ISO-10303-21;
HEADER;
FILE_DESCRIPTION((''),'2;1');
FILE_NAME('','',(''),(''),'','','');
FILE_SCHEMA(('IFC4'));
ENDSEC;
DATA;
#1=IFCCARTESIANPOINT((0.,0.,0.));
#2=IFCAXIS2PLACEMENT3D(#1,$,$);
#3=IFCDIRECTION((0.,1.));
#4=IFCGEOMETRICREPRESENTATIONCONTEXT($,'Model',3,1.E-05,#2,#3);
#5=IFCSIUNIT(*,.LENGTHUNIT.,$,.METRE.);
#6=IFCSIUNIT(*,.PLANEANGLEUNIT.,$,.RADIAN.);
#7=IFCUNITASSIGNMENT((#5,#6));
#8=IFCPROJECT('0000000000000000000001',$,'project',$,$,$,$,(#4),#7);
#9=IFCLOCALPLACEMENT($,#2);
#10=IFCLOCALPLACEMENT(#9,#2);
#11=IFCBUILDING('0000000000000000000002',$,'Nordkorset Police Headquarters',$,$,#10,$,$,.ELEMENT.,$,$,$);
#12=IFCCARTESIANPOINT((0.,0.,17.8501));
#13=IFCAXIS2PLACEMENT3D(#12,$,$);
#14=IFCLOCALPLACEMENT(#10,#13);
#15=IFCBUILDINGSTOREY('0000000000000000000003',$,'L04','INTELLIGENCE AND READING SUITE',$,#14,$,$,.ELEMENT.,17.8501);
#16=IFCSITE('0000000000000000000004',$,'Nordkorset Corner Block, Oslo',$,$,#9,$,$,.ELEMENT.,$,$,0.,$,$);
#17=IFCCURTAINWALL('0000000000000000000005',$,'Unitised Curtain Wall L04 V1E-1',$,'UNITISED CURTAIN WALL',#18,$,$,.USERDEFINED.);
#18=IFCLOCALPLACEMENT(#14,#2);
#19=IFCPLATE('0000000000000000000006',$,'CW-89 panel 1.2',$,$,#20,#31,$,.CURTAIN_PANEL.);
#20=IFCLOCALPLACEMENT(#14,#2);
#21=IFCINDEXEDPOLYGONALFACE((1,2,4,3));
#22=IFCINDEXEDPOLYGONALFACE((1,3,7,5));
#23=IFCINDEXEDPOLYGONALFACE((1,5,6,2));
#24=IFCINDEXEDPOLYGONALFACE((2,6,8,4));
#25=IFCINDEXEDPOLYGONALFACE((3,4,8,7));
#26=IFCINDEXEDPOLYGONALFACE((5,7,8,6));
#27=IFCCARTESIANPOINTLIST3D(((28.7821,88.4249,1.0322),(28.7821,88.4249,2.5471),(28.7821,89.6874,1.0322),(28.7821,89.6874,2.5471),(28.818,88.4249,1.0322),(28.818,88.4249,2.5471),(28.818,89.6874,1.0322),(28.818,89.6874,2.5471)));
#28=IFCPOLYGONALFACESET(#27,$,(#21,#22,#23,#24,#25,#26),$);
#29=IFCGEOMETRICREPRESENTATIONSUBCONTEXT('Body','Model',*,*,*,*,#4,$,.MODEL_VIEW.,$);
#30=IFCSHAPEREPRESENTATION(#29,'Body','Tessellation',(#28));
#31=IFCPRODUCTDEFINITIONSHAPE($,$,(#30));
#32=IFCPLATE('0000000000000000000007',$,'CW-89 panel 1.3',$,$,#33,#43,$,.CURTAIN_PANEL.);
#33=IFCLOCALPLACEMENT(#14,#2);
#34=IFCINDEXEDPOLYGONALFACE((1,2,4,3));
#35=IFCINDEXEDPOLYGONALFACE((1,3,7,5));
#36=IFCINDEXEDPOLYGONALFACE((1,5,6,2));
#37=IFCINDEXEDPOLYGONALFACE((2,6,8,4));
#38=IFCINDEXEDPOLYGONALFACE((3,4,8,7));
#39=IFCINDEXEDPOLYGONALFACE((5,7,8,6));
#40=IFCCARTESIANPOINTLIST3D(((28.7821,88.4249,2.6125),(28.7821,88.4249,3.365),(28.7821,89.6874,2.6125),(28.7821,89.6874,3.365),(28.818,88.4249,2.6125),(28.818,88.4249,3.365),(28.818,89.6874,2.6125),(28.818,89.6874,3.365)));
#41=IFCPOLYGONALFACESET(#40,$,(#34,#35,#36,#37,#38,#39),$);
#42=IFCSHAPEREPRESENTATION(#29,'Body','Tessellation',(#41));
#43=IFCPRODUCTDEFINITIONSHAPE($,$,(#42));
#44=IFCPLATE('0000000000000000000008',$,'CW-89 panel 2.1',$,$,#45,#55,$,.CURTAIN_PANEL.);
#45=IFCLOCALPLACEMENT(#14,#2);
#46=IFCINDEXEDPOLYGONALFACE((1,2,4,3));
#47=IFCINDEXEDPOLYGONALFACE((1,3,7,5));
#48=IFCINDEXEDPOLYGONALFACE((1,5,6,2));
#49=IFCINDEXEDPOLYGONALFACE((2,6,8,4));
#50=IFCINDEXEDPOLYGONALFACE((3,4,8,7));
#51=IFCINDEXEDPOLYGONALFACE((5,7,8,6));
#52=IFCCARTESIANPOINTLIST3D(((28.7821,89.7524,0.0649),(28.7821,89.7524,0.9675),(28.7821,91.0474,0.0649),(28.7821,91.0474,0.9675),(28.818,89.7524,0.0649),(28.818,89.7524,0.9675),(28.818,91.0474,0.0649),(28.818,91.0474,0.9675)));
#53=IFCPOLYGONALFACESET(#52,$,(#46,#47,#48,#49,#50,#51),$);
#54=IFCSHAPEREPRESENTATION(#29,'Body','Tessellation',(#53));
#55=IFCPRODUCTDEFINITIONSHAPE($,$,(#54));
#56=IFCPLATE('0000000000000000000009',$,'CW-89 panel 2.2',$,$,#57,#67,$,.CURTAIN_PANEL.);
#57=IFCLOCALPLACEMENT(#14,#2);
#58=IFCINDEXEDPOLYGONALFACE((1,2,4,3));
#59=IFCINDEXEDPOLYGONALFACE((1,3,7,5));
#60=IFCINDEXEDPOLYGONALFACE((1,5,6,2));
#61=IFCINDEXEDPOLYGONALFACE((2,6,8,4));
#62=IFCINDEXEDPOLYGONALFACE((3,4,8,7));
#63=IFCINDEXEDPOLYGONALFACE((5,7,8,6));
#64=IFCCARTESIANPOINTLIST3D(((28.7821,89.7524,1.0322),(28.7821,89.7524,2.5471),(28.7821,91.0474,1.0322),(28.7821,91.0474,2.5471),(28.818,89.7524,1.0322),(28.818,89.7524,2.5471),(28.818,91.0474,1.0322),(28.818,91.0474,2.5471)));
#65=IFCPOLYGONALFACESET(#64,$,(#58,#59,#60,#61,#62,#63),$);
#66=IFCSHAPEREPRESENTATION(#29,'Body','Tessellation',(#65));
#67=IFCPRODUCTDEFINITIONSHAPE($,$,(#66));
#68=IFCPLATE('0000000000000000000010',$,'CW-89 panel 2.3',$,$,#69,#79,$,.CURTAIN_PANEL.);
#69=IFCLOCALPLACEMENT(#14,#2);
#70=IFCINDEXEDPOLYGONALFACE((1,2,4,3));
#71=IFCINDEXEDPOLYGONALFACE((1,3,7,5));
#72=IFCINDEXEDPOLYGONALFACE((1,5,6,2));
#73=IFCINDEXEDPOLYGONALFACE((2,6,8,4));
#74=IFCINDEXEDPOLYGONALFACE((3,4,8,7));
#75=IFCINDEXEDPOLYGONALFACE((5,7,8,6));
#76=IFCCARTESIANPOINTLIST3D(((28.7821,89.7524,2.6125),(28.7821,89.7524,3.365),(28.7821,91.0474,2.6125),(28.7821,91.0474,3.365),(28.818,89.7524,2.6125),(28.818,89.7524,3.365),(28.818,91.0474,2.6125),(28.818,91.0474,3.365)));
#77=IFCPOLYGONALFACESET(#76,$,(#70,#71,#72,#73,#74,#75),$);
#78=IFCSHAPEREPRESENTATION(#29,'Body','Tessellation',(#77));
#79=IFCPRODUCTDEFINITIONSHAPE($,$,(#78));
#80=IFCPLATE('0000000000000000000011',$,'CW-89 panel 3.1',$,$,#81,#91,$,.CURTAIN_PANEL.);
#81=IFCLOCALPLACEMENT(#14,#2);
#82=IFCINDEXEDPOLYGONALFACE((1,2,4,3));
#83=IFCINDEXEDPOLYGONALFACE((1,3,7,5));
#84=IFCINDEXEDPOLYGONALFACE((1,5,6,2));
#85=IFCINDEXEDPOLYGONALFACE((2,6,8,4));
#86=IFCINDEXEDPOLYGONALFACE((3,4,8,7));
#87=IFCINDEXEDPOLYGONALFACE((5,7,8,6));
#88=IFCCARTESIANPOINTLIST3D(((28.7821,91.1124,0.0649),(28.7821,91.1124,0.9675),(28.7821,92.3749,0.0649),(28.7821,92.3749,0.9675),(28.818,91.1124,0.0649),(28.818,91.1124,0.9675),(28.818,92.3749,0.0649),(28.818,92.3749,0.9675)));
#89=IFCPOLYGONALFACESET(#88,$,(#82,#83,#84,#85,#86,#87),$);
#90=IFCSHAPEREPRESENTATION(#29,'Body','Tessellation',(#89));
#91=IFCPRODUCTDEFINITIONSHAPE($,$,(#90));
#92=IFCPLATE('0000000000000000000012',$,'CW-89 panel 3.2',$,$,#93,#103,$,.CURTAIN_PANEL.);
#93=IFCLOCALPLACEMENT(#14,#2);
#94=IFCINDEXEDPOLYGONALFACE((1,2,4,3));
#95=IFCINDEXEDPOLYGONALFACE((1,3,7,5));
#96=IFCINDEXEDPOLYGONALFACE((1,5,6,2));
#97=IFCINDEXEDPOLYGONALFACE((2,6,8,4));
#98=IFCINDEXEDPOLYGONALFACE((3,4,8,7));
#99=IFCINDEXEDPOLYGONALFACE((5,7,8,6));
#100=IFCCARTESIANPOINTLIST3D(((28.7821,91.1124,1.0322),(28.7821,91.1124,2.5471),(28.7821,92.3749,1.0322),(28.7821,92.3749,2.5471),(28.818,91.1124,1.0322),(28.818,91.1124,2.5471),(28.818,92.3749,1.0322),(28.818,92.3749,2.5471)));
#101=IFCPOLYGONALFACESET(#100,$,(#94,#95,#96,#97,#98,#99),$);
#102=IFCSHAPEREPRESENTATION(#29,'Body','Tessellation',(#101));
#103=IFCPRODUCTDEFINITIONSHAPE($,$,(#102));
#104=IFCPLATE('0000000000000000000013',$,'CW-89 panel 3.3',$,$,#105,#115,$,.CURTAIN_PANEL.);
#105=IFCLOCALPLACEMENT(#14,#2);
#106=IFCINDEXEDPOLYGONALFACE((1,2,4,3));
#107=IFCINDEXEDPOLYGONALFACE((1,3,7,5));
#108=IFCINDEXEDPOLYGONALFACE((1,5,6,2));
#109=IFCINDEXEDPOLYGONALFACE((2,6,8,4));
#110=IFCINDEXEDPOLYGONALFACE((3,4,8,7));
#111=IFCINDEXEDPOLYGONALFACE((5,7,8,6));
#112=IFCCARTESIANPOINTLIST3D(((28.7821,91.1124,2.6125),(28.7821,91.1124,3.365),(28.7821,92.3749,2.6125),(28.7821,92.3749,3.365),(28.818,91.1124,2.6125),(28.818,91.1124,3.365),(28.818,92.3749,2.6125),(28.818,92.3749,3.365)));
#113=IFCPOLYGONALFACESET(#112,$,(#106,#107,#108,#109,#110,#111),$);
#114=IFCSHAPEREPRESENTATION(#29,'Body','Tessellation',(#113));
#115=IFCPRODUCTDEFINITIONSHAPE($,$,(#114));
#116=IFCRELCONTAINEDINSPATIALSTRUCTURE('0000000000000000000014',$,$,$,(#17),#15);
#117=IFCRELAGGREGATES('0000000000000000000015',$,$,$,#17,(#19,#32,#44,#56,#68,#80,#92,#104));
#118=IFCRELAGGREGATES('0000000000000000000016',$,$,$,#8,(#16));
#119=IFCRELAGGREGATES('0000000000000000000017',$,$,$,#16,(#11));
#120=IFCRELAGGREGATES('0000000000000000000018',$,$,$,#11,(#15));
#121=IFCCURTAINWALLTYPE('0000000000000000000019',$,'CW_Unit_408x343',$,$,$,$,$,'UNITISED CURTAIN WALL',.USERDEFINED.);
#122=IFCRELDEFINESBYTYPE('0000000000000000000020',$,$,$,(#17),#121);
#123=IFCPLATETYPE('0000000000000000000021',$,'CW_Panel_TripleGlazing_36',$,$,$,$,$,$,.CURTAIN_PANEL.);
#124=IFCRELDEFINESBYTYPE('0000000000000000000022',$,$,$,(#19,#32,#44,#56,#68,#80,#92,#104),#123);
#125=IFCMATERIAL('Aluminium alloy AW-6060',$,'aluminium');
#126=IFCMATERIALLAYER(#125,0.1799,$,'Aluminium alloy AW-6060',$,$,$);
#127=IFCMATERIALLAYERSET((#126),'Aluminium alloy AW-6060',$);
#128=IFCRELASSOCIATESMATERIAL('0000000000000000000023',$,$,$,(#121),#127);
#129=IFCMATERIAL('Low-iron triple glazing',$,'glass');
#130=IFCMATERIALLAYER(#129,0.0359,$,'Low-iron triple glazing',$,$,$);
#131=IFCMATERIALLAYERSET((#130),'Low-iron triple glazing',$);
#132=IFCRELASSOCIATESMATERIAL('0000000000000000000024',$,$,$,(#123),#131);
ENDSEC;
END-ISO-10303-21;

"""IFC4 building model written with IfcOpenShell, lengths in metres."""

from ifc_helpers import new_model, si_unit, direction, frame, origin, origin_2d, place, context, subcontext, project, spatial, rectangle, extrude, material, layer, layer_set, type_object, element, aggregate, save


model = new_model("IFC4")

# Units and contexts
model_context = context("Model", 3, precision=1e-05, world=origin(), true_north=direction((0.0, 1.0)))
body_context = subcontext(model_context, "Body", "Model", "MODEL_VIEW")
ifc_project = project(units=[si_unit("LENGTHUNIT", "METRE"), si_unit("PLANEANGLEUNIT", "RADIAN")], contexts=[model_context])

# Site, building, storey
site_placement = place(None, origin())
site = spatial("IfcSite", under=ifc_project, at=site_placement, Name="Nordkorset Corner Block, Oslo", CompositionType="ELEMENT", RefElevation=0.0)
building_placement = place(site_placement, origin())
building = spatial("IfcBuilding", under=site, at=building_placement, Name="Nordkorset Police Headquarters", CompositionType="ELEMENT")
storey_placement = place(building_placement, frame((0.0, 0.0, 17.8501)))
storey = spatial("IfcBuildingStorey", under=building, at=storey_placement, Name="L04", Description="INTELLIGENCE AND READING SUITE", CompositionType="ELEMENT", Elevation=17.8501)

# Curtain wall, plates
ifc_material_1 = material(Name="Aluminium alloy AW-6060", Category="aluminium")
ifc_layer_1 = layer(ifc_material_1, 0.1799, Name="Aluminium alloy AW-6060")
ifc_layer_set_1 = layer_set([ifc_layer_1], Name="Aluminium alloy AW-6060")
curtain_wall_type = type_object("IfcCurtainWallType", Name="CW_Unit_408x343", ElementType="UNITISED CURTAIN WALL", PredefinedType="USERDEFINED", material=ifc_layer_set_1)
curtain_wall_placement = place(storey_placement, origin())
curtain_wall = element("IfcCurtainWall", 1, at=curtain_wall_placement, inside=storey, type_object=curtain_wall_type, Name="Unitised Curtain Wall L04 V1E-1", ObjectType="UNITISED CURTAIN WALL", PredefinedType="USERDEFINED")
ifc_material_2 = material(Name="Low-iron triple glazing", Category="glass")
ifc_layer_2 = layer(ifc_material_2, 0.0359, Name="Low-iron triple glazing")
ifc_layer_set_2 = layer_set([ifc_layer_2], Name="Low-iron triple glazing")
plate_type = type_object("IfcPlateType", Name="CW_Panel_TripleGlazing_36", PredefinedType="CURTAIN_PANEL", material=ifc_layer_set_2)
plate_1_placement = place(storey_placement, frame((28.8, 89.0562, 1.0322), z_axis=(0.0, 0.0, 1.0), x_axis=(0.0, 1.0, 0.0)))
plate_1 = element("IfcPlate", 2, at=plate_1_placement, type_object=plate_type, Name="CW-89 panel 1.2", PredefinedType="CURTAIN_PANEL", context=body_context, shape_type="SweptSolid", body=[
    extrude(rectangle(XDim=1.2625, YDim=0.0359, at=origin_2d()), origin(), (0.0, 0.0, 1.0), 1.5149),
])
plate_2_placement = place(storey_placement, frame((28.8, 89.0562, 2.6125), z_axis=(0.0, 0.0, 1.0), x_axis=(0.0, 1.0, 0.0)))
plate_2 = element("IfcPlate", 3, at=plate_2_placement, type_object=plate_type, Name="CW-89 panel 1.3", PredefinedType="CURTAIN_PANEL", context=body_context, shape_type="SweptSolid", body=[
    extrude(rectangle(XDim=1.2625, YDim=0.0359, at=origin_2d()), origin(), (0.0, 0.0, 1.0), 0.7524),
])
plate_3_placement = place(storey_placement, frame((28.8, 90.3999, 0.0649), z_axis=(0.0, 0.0, 1.0), x_axis=(0.0, 1.0, 0.0)))
plate_3 = element("IfcPlate", 4, at=plate_3_placement, type_object=plate_type, Name="CW-89 panel 2.1", PredefinedType="CURTAIN_PANEL", context=body_context, shape_type="SweptSolid", body=[
    extrude(rectangle(XDim=1.2949, YDim=0.0359, at=origin_2d()), origin(), (0.0, 0.0, 1.0), 0.9026),
])
plate_4_placement = place(storey_placement, frame((28.8, 90.3999, 1.0322), z_axis=(0.0, 0.0, 1.0), x_axis=(0.0, 1.0, 0.0)))
plate_4 = element("IfcPlate", 5, at=plate_4_placement, type_object=plate_type, Name="CW-89 panel 2.2", PredefinedType="CURTAIN_PANEL", context=body_context, shape_type="SweptSolid", body=[
    extrude(rectangle(XDim=1.2949, YDim=0.0359, at=origin_2d()), origin(), (0.0, 0.0, 1.0), 1.5149),
])
plate_5_placement = place(storey_placement, frame((28.8, 90.3999, 2.6125), z_axis=(0.0, 0.0, 1.0), x_axis=(0.0, 1.0, 0.0)))
plate_5 = element("IfcPlate", 6, at=plate_5_placement, type_object=plate_type, Name="CW-89 panel 2.3", PredefinedType="CURTAIN_PANEL", context=body_context, shape_type="SweptSolid", body=[
    extrude(rectangle(XDim=1.2949, YDim=0.0359, at=origin_2d()), origin(), (0.0, 0.0, 1.0), 0.7524),
])
plate_6_placement = place(storey_placement, frame((28.8, 91.7437, 0.0649), z_axis=(0.0, 0.0, 1.0), x_axis=(0.0, 1.0, 0.0)))
plate_6 = element("IfcPlate", 7, at=plate_6_placement, type_object=plate_type, Name="CW-89 panel 3.1", PredefinedType="CURTAIN_PANEL", context=body_context, shape_type="SweptSolid", body=[
    extrude(rectangle(XDim=1.2625, YDim=0.0359, at=origin_2d()), origin(), (0.0, 0.0, 1.0), 0.9026),
])
plate_7_placement = place(storey_placement, frame((28.8, 91.7437, 1.0322), z_axis=(0.0, 0.0, 1.0), x_axis=(0.0, 1.0, 0.0)))
plate_7 = element("IfcPlate", 8, at=plate_7_placement, type_object=plate_type, Name="CW-89 panel 3.2", PredefinedType="CURTAIN_PANEL", context=body_context, shape_type="SweptSolid", body=[
    extrude(rectangle(XDim=1.2625, YDim=0.0359, at=origin_2d()), origin(), (0.0, 0.0, 1.0), 1.5149),
])
plate_8_placement = place(storey_placement, frame((28.8, 91.7437, 2.6125), z_axis=(0.0, 0.0, 1.0), x_axis=(0.0, 1.0, 0.0)))
plate_8 = element("IfcPlate", 9, at=plate_8_placement, type_object=plate_type, Name="CW-89 panel 3.3", PredefinedType="CURTAIN_PANEL", context=body_context, shape_type="SweptSolid", body=[
    extrude(rectangle(XDim=1.2625, YDim=0.0359, at=origin_2d()), origin(), (0.0, 0.0, 1.0), 0.7524),
])
aggregate(curtain_wall, [plate_1, plate_2, plate_3, plate_4, plate_5, plate_6, plate_7, plate_8])

save(model, "model.ifc")
